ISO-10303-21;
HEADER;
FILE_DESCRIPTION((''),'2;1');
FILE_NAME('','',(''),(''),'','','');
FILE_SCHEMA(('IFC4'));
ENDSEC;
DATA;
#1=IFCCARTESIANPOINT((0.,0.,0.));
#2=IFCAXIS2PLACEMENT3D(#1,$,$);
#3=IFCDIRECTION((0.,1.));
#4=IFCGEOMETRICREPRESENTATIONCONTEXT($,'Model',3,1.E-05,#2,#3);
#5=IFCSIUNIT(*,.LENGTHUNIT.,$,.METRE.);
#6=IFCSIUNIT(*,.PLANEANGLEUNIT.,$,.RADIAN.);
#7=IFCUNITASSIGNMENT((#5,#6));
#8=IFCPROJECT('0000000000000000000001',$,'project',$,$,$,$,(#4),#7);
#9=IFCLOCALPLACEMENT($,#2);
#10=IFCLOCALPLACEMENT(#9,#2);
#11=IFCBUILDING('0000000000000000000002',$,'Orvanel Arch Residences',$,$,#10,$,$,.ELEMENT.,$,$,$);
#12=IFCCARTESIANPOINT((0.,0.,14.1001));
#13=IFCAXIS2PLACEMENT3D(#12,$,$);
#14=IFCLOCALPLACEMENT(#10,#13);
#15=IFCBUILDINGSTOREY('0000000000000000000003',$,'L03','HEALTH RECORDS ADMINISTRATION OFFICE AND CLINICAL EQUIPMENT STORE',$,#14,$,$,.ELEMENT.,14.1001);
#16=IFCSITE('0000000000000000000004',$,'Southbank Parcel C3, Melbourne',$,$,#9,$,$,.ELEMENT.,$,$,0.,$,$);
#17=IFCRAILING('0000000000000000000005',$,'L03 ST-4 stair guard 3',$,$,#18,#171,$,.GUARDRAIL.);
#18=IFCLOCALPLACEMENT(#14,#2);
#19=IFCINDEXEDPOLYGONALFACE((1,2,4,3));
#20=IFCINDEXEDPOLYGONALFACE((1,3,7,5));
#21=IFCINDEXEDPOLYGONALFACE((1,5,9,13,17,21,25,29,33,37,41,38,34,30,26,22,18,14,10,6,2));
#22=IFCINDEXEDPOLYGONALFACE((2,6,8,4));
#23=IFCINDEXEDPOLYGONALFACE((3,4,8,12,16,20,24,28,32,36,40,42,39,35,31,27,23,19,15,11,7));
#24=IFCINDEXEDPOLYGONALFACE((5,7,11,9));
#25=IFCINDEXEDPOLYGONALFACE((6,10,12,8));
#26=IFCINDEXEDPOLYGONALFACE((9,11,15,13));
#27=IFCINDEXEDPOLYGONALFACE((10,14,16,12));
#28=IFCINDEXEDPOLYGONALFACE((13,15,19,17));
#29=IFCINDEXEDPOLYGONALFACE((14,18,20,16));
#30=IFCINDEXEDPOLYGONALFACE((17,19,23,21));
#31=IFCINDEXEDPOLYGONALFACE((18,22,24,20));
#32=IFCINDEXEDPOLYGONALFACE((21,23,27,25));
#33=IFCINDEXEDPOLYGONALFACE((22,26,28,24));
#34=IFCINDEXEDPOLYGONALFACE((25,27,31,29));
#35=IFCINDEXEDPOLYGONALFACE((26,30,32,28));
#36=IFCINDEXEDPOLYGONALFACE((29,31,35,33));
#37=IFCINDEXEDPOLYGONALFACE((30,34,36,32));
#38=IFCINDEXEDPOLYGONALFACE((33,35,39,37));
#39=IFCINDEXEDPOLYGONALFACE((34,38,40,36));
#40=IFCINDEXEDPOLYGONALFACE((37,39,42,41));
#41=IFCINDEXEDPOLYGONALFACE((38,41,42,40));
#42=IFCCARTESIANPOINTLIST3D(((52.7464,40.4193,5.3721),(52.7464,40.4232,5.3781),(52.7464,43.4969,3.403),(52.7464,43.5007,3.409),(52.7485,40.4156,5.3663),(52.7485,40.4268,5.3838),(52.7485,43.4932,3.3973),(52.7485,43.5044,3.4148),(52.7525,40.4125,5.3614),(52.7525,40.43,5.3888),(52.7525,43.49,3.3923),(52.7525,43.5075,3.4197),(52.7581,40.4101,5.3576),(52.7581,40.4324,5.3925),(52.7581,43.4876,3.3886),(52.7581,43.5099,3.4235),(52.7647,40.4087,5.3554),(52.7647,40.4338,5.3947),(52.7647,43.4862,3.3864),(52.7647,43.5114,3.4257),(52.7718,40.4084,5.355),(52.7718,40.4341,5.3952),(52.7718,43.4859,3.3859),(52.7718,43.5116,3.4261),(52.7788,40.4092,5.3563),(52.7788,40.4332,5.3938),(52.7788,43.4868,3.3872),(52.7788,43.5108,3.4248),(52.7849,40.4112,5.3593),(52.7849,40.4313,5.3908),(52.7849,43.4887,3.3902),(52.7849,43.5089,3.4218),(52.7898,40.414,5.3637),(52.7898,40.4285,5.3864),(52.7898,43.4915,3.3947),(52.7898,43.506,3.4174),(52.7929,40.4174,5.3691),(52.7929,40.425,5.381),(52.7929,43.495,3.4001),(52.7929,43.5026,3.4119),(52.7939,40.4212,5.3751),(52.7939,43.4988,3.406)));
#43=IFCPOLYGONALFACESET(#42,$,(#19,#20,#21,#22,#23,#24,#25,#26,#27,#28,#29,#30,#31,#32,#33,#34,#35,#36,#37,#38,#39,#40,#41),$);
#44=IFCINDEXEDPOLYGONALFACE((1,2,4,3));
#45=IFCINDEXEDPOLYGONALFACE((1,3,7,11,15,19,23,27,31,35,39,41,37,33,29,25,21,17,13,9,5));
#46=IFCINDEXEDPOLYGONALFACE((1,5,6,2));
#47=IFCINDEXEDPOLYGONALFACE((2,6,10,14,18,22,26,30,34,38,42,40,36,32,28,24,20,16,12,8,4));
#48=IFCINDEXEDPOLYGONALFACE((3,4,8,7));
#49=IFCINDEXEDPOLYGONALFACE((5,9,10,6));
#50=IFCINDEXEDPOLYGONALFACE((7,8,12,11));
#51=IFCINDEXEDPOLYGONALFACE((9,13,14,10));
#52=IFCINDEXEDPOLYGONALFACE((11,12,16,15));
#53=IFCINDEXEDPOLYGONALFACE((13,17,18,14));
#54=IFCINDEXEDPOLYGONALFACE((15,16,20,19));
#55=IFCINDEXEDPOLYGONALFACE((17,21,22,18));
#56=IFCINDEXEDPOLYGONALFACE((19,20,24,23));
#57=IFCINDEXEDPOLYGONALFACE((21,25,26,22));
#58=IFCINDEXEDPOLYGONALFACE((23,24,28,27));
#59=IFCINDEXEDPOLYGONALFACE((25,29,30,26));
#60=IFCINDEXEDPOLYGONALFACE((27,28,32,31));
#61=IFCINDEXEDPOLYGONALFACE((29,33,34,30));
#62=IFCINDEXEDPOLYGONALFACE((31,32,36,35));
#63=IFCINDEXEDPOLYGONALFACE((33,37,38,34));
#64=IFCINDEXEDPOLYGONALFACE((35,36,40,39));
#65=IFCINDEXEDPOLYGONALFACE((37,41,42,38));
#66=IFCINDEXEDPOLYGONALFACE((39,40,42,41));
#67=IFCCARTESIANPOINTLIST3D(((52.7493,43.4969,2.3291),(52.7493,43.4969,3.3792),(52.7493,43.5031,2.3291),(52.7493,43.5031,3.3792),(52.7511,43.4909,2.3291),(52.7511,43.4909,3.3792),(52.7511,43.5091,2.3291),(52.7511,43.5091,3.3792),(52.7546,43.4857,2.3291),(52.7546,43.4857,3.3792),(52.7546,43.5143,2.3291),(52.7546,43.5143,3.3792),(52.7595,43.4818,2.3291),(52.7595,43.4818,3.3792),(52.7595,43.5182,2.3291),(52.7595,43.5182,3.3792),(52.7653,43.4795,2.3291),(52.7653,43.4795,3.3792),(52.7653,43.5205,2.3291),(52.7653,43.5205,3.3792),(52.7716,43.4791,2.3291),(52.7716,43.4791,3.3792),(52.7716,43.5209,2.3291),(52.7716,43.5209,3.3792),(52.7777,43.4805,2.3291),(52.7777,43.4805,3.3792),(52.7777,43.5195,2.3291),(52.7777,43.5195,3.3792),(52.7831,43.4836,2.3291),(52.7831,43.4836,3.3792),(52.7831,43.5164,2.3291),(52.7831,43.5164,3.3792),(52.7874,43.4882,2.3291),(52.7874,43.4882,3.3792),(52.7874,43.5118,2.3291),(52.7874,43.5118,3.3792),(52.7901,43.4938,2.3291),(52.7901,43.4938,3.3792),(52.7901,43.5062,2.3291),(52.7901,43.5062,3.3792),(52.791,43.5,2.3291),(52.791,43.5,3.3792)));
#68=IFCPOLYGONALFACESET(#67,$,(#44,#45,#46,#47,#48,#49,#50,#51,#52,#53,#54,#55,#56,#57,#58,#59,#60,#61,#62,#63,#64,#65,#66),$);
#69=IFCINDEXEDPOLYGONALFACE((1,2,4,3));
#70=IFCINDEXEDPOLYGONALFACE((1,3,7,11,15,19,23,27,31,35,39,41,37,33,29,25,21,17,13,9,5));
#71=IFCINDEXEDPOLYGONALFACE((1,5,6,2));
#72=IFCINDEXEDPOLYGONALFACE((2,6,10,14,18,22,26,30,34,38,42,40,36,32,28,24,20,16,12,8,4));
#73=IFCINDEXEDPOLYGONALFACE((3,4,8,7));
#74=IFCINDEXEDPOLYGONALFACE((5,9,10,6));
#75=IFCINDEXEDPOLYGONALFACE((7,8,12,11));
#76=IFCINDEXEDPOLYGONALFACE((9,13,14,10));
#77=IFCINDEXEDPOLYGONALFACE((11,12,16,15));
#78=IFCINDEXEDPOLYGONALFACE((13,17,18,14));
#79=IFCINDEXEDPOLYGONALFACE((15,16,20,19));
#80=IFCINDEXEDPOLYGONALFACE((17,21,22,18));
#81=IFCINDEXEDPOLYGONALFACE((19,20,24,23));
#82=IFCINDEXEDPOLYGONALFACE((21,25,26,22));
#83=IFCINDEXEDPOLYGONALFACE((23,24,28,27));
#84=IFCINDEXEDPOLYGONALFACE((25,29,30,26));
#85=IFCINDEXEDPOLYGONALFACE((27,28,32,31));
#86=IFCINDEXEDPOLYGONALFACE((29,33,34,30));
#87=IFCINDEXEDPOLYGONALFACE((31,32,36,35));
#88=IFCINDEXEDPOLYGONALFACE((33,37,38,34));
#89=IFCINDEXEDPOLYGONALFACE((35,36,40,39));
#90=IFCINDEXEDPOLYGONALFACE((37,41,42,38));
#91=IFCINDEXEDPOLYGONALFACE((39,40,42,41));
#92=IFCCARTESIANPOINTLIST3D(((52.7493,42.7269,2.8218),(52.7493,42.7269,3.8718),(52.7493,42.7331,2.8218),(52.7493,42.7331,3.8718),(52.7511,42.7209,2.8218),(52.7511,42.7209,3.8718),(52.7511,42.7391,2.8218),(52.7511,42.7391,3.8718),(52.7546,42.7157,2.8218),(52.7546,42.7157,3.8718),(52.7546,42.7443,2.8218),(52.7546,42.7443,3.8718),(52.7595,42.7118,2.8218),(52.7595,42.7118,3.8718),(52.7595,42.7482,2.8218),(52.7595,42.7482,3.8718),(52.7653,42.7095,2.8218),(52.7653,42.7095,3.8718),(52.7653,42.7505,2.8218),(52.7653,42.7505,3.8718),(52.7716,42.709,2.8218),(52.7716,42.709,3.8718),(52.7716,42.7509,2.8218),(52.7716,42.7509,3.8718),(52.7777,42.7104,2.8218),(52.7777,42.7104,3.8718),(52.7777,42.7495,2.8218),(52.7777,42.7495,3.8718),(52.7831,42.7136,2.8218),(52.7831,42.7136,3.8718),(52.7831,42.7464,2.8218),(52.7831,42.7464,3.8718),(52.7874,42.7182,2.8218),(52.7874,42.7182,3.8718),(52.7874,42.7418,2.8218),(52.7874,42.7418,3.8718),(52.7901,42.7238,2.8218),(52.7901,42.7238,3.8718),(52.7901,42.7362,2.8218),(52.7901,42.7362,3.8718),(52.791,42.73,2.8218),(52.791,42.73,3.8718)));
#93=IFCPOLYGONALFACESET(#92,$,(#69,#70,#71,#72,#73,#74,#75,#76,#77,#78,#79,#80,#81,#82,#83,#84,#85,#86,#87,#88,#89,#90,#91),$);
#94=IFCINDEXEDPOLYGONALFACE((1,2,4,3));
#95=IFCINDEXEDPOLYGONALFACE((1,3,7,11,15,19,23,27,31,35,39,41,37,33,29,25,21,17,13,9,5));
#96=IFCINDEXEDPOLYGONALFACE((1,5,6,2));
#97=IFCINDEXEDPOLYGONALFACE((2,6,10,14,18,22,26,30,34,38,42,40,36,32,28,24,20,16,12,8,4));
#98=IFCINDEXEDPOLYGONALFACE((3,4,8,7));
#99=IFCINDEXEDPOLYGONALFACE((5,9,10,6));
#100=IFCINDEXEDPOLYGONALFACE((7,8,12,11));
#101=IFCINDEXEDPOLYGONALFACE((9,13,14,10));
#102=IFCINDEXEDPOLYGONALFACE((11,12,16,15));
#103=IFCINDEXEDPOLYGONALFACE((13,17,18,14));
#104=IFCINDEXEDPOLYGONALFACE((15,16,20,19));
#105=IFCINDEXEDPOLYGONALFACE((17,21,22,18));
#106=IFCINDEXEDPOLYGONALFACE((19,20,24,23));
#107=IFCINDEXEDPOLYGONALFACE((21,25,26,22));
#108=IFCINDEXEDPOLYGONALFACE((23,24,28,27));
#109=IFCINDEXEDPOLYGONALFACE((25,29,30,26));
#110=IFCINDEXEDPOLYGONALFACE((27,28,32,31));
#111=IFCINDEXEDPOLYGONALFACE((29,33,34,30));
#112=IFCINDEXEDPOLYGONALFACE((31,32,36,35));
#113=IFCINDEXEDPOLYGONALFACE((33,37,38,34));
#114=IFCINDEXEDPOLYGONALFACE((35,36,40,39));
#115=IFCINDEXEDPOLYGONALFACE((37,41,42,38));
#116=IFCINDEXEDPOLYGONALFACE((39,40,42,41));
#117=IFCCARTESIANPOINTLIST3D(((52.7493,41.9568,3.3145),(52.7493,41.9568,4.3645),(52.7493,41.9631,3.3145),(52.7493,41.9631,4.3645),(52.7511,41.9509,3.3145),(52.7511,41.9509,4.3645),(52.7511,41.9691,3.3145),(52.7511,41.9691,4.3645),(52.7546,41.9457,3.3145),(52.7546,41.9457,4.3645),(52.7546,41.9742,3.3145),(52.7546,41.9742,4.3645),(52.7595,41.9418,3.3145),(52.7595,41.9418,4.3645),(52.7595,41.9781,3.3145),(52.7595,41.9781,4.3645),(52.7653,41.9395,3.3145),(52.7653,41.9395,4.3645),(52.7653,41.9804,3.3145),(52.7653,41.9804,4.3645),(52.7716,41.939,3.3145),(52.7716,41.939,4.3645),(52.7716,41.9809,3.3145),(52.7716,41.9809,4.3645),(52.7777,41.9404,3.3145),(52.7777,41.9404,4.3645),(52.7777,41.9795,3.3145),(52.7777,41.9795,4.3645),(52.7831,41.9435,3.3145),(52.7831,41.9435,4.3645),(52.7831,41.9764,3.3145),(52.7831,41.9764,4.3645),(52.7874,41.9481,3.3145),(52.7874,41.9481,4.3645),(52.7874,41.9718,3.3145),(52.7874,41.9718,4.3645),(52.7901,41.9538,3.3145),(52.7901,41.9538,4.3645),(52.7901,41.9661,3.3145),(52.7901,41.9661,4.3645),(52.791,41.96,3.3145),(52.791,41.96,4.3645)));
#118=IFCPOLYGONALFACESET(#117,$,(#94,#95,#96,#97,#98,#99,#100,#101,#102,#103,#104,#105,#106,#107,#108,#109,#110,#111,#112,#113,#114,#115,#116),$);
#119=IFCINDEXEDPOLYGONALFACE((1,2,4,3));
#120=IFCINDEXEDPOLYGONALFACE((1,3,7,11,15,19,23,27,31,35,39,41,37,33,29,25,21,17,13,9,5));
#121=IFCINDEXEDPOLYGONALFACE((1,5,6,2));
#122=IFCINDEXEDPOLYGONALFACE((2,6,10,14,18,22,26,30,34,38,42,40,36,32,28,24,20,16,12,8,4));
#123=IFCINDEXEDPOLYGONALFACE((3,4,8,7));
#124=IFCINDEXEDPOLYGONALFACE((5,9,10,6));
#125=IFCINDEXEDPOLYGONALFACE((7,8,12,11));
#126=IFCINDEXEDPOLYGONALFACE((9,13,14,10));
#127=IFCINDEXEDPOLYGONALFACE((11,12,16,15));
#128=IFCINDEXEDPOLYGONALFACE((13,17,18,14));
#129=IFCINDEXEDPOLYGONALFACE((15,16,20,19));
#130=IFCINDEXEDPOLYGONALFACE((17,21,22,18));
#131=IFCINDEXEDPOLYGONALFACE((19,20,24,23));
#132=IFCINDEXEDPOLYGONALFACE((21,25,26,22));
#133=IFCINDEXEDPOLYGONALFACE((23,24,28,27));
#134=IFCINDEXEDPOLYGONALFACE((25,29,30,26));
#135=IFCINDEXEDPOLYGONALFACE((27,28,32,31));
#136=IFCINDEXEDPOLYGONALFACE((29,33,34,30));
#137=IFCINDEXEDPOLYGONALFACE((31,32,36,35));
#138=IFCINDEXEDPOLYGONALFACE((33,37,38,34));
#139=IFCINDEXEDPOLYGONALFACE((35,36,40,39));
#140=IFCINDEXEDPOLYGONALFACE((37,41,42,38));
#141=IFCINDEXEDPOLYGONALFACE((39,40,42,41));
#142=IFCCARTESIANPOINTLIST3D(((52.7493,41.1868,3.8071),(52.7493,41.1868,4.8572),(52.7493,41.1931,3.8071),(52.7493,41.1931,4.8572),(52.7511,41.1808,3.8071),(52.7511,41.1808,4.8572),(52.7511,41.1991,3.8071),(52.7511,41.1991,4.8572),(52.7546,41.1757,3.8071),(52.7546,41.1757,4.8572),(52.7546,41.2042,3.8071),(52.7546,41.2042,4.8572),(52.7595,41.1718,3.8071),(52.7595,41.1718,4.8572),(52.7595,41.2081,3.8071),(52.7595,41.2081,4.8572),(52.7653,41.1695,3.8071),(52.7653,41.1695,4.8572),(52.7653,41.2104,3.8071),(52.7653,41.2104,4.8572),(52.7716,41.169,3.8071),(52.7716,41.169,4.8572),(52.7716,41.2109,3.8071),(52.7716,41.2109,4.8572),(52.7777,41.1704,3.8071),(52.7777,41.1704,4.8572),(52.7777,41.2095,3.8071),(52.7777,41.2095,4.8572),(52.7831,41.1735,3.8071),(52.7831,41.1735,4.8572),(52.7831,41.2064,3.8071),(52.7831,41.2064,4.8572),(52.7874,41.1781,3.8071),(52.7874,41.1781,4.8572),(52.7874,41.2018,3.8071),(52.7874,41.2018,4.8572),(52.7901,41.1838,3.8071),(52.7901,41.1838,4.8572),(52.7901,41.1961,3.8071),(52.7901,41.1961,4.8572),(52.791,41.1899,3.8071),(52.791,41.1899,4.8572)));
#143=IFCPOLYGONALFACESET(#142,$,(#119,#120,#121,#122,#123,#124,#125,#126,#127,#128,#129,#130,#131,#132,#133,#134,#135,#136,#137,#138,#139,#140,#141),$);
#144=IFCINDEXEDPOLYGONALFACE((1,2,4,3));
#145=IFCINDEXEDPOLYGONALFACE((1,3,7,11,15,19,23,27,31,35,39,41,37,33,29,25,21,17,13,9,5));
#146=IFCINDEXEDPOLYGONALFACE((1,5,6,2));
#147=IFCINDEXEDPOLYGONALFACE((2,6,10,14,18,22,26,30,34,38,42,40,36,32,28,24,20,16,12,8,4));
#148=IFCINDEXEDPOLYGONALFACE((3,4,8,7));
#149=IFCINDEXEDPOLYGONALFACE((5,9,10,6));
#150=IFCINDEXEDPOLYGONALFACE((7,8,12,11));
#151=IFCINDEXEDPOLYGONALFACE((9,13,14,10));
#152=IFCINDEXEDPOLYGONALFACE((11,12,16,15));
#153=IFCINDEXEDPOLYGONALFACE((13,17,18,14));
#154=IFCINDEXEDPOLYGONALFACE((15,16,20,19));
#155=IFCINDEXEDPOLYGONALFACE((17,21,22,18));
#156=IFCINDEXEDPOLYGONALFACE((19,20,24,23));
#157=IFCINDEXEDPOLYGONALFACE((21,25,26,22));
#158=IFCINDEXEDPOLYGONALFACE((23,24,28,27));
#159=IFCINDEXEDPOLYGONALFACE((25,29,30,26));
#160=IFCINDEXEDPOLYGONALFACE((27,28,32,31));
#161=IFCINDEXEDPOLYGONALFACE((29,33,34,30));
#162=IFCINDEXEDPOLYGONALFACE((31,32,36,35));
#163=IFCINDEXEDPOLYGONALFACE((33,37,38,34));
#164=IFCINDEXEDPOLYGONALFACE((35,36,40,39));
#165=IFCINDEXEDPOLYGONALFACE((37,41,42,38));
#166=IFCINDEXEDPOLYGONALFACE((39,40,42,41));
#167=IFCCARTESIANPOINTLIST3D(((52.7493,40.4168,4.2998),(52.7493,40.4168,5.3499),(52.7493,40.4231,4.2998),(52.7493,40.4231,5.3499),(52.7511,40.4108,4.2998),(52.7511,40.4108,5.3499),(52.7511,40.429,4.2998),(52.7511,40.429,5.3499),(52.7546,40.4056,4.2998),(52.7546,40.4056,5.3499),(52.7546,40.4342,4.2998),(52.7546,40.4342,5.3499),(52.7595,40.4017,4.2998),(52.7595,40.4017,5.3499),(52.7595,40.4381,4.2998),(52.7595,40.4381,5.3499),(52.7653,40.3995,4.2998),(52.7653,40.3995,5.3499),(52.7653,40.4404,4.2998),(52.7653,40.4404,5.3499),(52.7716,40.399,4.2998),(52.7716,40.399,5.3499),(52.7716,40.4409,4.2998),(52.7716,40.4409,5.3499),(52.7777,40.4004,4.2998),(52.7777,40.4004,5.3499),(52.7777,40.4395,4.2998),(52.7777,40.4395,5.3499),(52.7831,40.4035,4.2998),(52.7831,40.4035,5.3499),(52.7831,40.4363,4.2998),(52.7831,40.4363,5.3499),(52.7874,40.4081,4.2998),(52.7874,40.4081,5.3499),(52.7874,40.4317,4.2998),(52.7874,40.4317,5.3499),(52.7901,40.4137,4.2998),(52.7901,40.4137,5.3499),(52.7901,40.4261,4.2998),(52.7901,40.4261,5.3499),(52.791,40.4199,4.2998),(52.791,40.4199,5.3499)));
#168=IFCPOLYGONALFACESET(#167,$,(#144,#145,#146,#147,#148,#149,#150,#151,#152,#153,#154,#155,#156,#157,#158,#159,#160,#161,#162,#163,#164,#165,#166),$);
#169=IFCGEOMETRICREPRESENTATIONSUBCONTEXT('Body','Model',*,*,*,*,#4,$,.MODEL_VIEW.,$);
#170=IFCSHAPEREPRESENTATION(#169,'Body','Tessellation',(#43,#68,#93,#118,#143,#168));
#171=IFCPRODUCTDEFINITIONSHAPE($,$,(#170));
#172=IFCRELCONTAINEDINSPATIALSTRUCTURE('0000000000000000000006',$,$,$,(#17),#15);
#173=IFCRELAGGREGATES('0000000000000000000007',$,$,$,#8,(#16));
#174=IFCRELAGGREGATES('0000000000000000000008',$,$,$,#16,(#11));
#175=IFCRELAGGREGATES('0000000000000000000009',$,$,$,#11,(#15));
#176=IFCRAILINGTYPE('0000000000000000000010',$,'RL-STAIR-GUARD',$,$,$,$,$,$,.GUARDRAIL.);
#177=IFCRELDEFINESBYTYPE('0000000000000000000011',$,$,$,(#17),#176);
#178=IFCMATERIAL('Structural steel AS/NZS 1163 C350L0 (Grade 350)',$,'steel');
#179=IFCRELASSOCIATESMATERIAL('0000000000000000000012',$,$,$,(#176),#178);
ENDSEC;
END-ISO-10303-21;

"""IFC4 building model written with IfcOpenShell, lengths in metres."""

from ifc_helpers import new_model, si_unit, direction, frame, origin, origin_2d, place, context, subcontext, project, spatial, circle, extrude, material, type_object, element, save


model = new_model("IFC4")

# Units and contexts
model_context = context("Model", 3, precision=1e-05, world=origin(), true_north=direction((0.0, 1.0)))
body_context = subcontext(model_context, "Body", "Model", "MODEL_VIEW")
ifc_project = project(units=[si_unit("LENGTHUNIT", "METRE"), si_unit("PLANEANGLEUNIT", "RADIAN")], contexts=[model_context])

# Site, building, storey
site_placement = place(None, origin())
site = spatial("IfcSite", under=ifc_project, at=site_placement, Name="Southbank Parcel C3, Melbourne", CompositionType="ELEMENT", RefElevation=0.0)
building_placement = place(site_placement, origin())
building = spatial("IfcBuilding", under=site, at=building_placement, Name="Orvanel Arch Residences", CompositionType="ELEMENT")
storey_placement = place(building_placement, frame((0.0, 0.0, 14.1001)))
storey = spatial("IfcBuildingStorey", under=building, at=storey_placement, Name="L03", Description="HEALTH RECORDS ADMINISTRATION OFFICE AND CLINICAL EQUIPMENT STORE", CompositionType="ELEMENT", Elevation=14.1001)

# Railing
ifc_material_1 = material(Name="Structural steel AS/NZS 1163 C350L0 (Grade 350)", Category="steel")
railing_type_1 = type_object("IfcRailingType", Name="RL-STAIR-GUARD", PredefinedType="GUARDRAIL", material=ifc_material_1)
railing_1_placement = place(storey_placement, frame((52.77, 43.5, 2.3291)))
element("IfcRailing", 1, at=railing_1_placement, inside=storey, type_object=railing_type_1, Name="L03 ST-4 stair guard 3", PredefinedType="GUARDRAIL", context=body_context, shape_type="SweptSolid", body=[
    extrude(circle(Radius=0.0239, at=origin_2d()), frame((0.0, -0.0012, 1.0769), z_axis=(0.0, -0.842339, 0.538948), x_axis=(1.0, 0.0, 0.0)), (0.0, 0.0, 1.0), 3.6536),
    extrude(circle(Radius=0.021, at=origin_2d()), origin(), (0.0, 0.0, 1.0), 1.05),
    extrude(circle(Radius=0.021, at=origin_2d()), frame((0.0, -0.77, 0.4927)), (0.0, 0.0, 1.0), 1.05),
    extrude(circle(Radius=0.021, at=origin_2d()), frame((0.0, -1.54, 0.9854)), (0.0, 0.0, 1.0), 1.05),
    extrude(circle(Radius=0.021, at=origin_2d()), frame((0.0, -2.3101, 1.478)), (0.0, 0.0, 1.0), 1.05),
    extrude(circle(Radius=0.021, at=origin_2d()), frame((0.0, -3.0801, 1.9707)), (0.0, 0.0, 1.0), 1.05),
])

save(model, "model.ifc")
